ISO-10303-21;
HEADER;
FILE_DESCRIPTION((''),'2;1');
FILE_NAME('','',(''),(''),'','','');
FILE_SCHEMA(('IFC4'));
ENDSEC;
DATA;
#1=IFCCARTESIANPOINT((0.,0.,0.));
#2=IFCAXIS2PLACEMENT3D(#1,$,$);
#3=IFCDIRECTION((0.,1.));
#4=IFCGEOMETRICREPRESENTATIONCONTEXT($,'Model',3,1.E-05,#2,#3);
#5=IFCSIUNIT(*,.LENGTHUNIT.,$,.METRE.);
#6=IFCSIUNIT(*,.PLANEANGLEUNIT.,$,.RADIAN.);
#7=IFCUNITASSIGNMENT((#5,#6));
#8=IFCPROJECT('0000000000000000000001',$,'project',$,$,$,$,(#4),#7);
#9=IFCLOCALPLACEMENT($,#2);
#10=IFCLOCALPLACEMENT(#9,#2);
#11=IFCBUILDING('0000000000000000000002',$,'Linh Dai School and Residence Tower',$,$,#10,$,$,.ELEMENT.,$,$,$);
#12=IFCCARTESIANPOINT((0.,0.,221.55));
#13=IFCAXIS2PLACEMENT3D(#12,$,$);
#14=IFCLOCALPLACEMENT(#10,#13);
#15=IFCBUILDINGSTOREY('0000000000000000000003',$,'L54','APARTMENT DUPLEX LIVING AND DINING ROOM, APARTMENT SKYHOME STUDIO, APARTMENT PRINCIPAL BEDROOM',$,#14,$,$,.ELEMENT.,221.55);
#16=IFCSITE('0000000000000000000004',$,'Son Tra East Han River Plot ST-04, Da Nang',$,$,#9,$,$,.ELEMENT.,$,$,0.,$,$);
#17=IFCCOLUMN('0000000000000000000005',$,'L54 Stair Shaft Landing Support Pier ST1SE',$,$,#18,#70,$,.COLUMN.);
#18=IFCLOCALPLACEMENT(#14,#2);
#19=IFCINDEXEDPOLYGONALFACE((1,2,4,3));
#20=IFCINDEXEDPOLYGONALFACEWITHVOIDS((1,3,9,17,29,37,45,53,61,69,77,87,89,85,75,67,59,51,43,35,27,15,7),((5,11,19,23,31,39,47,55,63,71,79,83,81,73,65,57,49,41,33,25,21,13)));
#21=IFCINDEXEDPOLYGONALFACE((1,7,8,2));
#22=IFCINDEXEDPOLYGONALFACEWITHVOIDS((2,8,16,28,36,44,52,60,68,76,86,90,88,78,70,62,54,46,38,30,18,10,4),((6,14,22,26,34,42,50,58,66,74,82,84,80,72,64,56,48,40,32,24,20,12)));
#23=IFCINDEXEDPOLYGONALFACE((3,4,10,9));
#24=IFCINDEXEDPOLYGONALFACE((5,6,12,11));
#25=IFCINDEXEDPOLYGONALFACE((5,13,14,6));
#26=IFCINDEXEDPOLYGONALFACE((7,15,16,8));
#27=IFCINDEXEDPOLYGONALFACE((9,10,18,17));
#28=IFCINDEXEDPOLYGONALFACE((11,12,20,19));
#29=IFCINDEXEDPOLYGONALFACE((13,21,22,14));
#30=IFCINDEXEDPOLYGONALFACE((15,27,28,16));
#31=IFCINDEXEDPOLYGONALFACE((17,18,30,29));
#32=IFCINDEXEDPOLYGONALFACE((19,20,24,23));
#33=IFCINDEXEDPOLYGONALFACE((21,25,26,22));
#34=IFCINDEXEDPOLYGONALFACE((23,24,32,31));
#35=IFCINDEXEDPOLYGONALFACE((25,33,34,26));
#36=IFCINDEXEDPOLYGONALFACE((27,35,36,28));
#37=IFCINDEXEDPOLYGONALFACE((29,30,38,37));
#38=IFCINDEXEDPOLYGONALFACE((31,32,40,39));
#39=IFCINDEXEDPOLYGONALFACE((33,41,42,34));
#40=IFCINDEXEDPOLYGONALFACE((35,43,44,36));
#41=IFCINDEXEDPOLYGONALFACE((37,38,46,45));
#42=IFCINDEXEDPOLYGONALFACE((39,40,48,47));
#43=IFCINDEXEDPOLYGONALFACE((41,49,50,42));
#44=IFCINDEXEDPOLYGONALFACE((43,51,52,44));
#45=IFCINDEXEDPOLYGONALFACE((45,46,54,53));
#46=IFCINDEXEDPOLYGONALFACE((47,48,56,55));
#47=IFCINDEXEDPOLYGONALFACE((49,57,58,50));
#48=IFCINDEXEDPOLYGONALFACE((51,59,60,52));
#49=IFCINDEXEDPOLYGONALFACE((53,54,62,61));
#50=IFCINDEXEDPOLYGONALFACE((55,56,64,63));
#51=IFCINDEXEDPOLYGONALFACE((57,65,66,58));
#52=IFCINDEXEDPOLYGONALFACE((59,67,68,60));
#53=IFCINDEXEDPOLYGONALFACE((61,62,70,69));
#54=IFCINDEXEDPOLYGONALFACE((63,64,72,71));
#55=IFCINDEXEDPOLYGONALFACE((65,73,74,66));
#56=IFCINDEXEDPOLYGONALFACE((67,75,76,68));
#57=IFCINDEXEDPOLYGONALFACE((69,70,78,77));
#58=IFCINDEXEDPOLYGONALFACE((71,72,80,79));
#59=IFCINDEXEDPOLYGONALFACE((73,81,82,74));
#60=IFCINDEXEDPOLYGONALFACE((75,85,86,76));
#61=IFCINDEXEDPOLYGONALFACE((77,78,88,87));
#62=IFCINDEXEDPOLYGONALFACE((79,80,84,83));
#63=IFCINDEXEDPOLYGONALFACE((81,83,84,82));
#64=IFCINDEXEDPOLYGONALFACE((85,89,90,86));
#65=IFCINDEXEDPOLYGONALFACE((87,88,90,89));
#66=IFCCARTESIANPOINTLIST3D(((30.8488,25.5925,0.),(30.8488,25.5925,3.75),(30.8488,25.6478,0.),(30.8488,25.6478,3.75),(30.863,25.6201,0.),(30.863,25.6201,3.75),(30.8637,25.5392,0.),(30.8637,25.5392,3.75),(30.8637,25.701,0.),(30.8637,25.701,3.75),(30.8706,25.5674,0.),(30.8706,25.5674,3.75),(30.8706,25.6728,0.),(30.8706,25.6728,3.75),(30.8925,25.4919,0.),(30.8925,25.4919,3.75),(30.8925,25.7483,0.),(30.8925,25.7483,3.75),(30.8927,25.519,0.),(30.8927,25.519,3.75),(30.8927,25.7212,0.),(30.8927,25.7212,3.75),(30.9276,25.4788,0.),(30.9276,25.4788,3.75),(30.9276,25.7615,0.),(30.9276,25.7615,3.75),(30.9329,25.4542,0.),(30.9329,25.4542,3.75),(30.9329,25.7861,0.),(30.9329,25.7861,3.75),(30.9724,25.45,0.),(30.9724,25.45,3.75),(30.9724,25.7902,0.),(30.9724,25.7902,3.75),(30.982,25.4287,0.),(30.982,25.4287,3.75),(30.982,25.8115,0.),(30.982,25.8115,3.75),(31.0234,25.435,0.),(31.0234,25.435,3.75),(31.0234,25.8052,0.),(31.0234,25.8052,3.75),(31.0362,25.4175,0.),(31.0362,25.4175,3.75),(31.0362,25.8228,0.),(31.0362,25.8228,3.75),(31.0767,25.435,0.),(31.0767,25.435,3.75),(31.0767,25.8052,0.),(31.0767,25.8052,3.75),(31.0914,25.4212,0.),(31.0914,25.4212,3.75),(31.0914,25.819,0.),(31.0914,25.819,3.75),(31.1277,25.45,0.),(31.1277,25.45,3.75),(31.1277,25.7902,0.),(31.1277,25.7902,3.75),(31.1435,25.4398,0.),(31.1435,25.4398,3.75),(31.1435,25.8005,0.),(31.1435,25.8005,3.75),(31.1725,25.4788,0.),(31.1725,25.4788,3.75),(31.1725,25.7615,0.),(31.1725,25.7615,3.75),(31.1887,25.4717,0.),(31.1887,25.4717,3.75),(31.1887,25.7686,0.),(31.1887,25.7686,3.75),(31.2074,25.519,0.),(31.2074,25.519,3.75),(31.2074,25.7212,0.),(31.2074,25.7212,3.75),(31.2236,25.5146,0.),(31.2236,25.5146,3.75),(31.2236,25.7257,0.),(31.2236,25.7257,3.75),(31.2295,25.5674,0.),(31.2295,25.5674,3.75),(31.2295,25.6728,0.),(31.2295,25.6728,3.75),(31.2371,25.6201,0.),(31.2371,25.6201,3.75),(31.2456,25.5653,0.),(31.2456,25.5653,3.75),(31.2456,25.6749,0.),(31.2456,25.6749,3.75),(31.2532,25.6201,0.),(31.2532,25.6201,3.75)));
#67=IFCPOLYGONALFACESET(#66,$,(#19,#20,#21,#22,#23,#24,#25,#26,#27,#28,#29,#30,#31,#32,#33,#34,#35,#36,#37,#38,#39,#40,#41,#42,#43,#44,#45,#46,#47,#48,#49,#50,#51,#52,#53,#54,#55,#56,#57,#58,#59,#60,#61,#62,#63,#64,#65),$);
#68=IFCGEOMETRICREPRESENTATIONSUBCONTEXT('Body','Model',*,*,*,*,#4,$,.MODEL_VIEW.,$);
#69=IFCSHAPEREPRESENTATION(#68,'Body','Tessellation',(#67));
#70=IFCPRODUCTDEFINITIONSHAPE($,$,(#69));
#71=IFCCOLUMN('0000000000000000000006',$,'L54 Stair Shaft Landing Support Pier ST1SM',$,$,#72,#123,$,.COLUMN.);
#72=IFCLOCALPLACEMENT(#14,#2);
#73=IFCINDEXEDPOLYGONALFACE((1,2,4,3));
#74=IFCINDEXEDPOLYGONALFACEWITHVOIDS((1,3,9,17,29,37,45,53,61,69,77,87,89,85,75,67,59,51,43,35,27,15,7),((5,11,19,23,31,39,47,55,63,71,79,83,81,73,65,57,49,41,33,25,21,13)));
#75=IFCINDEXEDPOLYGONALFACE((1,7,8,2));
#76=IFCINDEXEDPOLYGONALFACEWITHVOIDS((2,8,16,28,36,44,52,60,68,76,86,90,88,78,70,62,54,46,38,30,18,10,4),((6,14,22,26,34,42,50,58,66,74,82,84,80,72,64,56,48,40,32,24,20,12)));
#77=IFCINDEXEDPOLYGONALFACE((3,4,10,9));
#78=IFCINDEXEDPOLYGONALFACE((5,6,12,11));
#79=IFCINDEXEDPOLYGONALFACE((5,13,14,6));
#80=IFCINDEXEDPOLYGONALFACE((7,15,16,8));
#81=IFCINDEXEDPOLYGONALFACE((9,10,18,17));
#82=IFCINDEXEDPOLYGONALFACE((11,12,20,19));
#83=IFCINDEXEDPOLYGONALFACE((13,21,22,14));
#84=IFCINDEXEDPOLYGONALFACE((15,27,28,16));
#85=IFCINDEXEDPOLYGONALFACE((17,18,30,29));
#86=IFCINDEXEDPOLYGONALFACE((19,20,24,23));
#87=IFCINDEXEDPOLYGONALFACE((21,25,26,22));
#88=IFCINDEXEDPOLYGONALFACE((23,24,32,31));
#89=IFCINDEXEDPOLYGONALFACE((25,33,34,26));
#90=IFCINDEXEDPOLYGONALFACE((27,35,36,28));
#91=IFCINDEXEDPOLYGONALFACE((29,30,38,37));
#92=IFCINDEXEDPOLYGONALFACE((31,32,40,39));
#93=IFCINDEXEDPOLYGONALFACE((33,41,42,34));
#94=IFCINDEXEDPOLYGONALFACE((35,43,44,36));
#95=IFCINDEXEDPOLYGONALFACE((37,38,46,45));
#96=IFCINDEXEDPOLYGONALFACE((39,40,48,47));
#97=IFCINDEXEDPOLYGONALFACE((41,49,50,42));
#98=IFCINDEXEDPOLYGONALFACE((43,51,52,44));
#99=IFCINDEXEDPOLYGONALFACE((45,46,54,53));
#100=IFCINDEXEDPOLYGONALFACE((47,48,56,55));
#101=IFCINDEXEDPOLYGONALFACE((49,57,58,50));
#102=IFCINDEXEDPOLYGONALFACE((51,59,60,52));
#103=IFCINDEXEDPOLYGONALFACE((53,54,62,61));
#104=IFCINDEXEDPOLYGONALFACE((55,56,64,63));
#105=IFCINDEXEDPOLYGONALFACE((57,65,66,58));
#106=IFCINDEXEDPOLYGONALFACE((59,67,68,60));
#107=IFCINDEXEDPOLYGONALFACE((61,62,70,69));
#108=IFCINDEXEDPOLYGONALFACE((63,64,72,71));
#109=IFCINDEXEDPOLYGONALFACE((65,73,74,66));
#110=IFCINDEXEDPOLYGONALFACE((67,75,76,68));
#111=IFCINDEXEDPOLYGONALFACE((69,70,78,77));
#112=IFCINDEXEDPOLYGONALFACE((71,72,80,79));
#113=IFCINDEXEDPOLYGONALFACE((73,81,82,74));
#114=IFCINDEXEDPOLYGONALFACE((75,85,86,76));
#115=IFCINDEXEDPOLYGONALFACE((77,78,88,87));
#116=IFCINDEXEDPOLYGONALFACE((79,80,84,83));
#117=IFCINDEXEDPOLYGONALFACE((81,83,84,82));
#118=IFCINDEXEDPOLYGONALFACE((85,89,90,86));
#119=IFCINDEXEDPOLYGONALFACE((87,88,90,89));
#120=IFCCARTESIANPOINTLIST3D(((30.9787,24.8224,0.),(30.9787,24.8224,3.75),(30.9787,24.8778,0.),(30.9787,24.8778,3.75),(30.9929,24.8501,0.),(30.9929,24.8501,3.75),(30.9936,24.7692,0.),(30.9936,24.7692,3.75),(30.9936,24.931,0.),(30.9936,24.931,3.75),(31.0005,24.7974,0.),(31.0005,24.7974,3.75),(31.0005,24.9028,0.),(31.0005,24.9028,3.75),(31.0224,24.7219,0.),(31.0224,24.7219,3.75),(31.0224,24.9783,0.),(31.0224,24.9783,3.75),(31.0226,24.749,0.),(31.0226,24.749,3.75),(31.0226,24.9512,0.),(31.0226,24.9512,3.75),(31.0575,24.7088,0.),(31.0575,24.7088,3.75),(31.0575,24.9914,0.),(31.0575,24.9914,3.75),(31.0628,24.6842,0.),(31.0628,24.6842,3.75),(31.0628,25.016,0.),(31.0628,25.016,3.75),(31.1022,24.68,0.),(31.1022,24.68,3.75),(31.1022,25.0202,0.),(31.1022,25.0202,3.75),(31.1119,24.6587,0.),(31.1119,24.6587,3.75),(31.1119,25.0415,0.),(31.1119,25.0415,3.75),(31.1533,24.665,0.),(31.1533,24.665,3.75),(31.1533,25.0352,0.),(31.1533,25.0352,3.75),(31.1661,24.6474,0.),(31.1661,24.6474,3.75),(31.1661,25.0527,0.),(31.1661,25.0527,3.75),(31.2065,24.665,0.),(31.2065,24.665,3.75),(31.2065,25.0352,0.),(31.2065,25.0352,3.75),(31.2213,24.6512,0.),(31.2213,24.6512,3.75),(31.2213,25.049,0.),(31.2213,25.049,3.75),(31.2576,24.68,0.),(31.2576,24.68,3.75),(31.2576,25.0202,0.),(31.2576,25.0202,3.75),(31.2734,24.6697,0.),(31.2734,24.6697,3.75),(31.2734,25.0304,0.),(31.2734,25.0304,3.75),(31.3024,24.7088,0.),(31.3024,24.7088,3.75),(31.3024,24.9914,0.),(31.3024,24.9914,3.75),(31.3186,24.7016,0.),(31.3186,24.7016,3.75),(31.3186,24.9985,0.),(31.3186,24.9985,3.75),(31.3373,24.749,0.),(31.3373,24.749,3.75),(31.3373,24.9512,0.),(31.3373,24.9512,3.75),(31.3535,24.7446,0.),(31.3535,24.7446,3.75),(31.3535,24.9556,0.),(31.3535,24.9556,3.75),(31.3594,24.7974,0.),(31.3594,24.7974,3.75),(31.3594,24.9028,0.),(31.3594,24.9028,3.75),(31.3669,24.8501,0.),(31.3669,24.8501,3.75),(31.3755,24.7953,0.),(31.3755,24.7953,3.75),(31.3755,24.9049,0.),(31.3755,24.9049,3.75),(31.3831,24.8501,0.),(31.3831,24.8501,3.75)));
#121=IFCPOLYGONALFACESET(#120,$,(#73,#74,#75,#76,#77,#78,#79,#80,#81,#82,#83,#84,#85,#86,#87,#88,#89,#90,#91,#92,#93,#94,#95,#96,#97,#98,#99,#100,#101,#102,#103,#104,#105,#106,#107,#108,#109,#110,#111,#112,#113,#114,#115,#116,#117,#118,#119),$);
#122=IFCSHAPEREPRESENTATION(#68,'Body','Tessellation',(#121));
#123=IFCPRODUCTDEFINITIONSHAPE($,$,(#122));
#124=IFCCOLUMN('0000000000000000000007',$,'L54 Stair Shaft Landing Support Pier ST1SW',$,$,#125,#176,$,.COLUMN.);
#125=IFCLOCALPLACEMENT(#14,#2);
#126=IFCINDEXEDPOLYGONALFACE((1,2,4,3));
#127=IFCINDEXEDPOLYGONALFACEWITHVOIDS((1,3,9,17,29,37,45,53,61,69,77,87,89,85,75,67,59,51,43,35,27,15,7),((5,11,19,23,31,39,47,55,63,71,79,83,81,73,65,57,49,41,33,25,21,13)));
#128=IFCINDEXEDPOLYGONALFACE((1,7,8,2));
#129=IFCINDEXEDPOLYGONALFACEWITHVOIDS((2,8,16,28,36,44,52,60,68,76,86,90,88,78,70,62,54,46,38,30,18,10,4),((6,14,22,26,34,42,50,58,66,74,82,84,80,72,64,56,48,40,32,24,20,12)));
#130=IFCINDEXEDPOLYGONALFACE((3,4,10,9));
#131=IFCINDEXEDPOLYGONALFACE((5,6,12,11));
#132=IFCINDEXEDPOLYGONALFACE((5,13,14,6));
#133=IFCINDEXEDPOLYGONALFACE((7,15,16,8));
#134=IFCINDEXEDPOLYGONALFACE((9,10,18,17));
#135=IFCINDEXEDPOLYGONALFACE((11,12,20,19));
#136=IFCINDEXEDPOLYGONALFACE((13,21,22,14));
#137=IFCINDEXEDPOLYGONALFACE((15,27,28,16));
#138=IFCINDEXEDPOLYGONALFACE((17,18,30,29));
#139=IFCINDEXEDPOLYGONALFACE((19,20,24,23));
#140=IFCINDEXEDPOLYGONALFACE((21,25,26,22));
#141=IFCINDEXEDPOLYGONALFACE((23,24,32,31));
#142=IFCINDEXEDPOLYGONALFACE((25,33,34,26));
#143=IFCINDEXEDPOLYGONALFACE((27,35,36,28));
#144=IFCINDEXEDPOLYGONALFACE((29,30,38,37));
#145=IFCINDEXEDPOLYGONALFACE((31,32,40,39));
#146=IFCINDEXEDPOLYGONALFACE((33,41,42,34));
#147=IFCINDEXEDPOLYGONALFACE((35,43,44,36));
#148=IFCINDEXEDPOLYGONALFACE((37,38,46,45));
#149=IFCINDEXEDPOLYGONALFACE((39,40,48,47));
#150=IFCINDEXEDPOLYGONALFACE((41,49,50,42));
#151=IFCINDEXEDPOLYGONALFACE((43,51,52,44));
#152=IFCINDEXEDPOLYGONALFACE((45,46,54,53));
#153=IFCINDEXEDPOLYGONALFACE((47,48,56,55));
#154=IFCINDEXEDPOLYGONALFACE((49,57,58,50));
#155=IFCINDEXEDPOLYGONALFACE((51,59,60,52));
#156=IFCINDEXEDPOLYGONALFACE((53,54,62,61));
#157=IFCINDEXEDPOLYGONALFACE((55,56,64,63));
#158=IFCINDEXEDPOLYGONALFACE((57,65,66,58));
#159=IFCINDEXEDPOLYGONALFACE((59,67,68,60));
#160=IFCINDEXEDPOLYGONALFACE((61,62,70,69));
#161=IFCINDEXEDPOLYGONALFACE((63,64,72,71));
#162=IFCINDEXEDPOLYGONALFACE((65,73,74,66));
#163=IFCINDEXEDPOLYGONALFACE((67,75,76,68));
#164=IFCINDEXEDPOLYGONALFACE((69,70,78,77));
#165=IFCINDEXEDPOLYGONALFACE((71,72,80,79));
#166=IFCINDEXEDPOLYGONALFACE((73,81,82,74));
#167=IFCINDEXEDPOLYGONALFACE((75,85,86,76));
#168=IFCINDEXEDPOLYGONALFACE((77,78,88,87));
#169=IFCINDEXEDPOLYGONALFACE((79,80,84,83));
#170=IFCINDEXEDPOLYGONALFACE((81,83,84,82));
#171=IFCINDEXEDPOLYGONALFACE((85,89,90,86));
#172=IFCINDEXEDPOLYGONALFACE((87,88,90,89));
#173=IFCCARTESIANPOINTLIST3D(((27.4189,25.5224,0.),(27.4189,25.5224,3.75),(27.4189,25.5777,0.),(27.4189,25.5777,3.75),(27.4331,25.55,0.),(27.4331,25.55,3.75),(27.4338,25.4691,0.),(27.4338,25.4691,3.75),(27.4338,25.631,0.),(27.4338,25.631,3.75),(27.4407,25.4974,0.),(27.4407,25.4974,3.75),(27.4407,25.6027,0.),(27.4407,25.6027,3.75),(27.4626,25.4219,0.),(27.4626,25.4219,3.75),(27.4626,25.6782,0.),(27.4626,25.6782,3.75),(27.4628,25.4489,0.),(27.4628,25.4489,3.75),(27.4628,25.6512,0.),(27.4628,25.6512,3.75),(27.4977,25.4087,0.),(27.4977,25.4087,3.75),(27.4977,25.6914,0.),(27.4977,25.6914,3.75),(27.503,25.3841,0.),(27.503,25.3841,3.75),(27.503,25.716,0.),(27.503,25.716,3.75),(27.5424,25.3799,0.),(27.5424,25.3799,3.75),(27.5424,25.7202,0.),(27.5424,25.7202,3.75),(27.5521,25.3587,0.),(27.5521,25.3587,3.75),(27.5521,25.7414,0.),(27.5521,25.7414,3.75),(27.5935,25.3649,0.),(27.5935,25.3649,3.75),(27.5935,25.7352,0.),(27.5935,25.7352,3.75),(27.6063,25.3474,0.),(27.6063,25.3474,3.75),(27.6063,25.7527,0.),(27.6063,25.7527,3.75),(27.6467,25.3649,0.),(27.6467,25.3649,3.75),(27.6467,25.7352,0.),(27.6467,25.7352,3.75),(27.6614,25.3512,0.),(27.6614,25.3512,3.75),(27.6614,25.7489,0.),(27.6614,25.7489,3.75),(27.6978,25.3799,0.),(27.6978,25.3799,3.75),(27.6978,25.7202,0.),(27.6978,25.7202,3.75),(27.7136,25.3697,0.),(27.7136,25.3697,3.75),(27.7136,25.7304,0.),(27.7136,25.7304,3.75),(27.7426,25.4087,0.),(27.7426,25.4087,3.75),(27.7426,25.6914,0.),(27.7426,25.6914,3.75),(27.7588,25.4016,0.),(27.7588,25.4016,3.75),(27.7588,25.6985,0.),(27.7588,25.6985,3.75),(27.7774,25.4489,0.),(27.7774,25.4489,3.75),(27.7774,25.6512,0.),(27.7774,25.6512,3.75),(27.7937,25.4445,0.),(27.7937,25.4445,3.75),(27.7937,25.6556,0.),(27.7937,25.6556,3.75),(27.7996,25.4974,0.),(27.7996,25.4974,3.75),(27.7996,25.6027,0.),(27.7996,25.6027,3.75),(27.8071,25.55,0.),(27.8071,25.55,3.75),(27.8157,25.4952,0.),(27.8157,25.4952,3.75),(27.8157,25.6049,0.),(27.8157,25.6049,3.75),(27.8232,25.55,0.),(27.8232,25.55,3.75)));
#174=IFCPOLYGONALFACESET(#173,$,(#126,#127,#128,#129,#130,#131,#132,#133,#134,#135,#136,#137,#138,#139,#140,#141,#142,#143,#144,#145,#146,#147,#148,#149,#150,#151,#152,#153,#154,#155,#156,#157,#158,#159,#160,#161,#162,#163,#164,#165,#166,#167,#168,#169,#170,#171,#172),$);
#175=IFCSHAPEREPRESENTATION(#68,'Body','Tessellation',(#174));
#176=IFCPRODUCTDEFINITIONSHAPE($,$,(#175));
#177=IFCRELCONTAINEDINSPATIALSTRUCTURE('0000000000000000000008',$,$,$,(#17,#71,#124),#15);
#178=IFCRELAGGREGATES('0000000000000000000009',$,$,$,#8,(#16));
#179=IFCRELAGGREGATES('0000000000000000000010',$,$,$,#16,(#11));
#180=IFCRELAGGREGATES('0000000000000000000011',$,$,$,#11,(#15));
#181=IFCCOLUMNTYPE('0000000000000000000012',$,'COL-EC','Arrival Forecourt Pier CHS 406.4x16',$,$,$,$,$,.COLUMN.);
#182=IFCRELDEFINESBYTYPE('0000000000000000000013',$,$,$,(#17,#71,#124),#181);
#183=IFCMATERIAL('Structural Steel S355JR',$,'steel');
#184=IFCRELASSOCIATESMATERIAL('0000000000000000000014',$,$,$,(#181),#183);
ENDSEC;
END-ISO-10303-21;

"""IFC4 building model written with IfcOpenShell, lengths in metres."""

from ifc_helpers import new_model, si_unit, direction, frame, origin, origin_2d, place, context, subcontext, project, spatial, hollow_circle, extrude, material, material_profile, profile_set, type_object, element, save


model = new_model("IFC4")

# Units and contexts
model_context = context("Model", 3, precision=1e-05, world=origin(), true_north=direction((0.0, 1.0)))
body_context = subcontext(model_context, "Body", "Model", "MODEL_VIEW")
ifc_project = project(units=[si_unit("LENGTHUNIT", "METRE"), si_unit("PLANEANGLEUNIT", "RADIAN")], contexts=[model_context])

# Site, building, storey
site_placement = place(None, origin())
site = spatial("IfcSite", under=ifc_project, at=site_placement, Name="Son Tra East Han River Plot ST-04, Da Nang", CompositionType="ELEMENT", RefElevation=0.0)
building_placement = place(site_placement, origin())
building = spatial("IfcBuilding", under=site, at=building_placement, Name="Linh Dai School and Residence Tower", CompositionType="ELEMENT")
storey_placement = place(building_placement, frame((0.0, 0.0, 221.55)))
storey = spatial("IfcBuildingStorey", under=building, at=storey_placement, Name="L54", Description="APARTMENT DUPLEX LIVING AND DINING ROOM, APARTMENT SKYHOME STUDIO, APARTMENT PRINCIPAL BEDROOM", CompositionType="ELEMENT", Elevation=221.55)

# Columns
ifc_material_1 = material(Name="Structural Steel S355JR", Category="steel")
ifc_material_profile_1 = material_profile(ifc_material_1, hollow_circle(Radius=0.2031, WallThickness=0.0161, at=origin_2d()), Name="CHS 406.4x16")
ifc_profile_set_1 = profile_set([ifc_material_profile_1], Name="Structural Steel S355JR")
column_type_1 = type_object("IfcColumnType", Name="COL-EC", Description="Arrival Forecourt Pier CHS 406.4x16", PredefinedType="COLUMN", material=ifc_profile_set_1)
for number, where, z_axis, x_axis, name in (
    (1, (31.05, 25.6201, 0.0), (0.0, 0.0, 1.0), (1.0, 0.0, 0.0), "L54 Stair Shaft Landing Support Pier ST1SE"),
    (2, (31.1799, 24.8501, 0.0), (0.0, 0.0, 1.0), (1.0, 0.0, 0.0), "L54 Stair Shaft Landing Support Pier ST1SM"),
    (3, (27.6201, 25.55, 0.0), (0.0, 0.0, 1.0), (1.0, 0.0, 0.0), "L54 Stair Shaft Landing Support Pier ST1SW"),
):
    element("IfcColumn", number, at=place(storey_placement, frame(where, z_axis=z_axis, x_axis=x_axis)), inside=storey, type_object=column_type_1, Name=name, PredefinedType="COLUMN", context=body_context, shape_type="SweptSolid", body=[
        extrude(hollow_circle(Radius=0.2031, WallThickness=0.0161, at=origin_2d()), origin(), (0.0, 0.0, 1.0), 3.75),
    ])

save(model, "model.ifc")
